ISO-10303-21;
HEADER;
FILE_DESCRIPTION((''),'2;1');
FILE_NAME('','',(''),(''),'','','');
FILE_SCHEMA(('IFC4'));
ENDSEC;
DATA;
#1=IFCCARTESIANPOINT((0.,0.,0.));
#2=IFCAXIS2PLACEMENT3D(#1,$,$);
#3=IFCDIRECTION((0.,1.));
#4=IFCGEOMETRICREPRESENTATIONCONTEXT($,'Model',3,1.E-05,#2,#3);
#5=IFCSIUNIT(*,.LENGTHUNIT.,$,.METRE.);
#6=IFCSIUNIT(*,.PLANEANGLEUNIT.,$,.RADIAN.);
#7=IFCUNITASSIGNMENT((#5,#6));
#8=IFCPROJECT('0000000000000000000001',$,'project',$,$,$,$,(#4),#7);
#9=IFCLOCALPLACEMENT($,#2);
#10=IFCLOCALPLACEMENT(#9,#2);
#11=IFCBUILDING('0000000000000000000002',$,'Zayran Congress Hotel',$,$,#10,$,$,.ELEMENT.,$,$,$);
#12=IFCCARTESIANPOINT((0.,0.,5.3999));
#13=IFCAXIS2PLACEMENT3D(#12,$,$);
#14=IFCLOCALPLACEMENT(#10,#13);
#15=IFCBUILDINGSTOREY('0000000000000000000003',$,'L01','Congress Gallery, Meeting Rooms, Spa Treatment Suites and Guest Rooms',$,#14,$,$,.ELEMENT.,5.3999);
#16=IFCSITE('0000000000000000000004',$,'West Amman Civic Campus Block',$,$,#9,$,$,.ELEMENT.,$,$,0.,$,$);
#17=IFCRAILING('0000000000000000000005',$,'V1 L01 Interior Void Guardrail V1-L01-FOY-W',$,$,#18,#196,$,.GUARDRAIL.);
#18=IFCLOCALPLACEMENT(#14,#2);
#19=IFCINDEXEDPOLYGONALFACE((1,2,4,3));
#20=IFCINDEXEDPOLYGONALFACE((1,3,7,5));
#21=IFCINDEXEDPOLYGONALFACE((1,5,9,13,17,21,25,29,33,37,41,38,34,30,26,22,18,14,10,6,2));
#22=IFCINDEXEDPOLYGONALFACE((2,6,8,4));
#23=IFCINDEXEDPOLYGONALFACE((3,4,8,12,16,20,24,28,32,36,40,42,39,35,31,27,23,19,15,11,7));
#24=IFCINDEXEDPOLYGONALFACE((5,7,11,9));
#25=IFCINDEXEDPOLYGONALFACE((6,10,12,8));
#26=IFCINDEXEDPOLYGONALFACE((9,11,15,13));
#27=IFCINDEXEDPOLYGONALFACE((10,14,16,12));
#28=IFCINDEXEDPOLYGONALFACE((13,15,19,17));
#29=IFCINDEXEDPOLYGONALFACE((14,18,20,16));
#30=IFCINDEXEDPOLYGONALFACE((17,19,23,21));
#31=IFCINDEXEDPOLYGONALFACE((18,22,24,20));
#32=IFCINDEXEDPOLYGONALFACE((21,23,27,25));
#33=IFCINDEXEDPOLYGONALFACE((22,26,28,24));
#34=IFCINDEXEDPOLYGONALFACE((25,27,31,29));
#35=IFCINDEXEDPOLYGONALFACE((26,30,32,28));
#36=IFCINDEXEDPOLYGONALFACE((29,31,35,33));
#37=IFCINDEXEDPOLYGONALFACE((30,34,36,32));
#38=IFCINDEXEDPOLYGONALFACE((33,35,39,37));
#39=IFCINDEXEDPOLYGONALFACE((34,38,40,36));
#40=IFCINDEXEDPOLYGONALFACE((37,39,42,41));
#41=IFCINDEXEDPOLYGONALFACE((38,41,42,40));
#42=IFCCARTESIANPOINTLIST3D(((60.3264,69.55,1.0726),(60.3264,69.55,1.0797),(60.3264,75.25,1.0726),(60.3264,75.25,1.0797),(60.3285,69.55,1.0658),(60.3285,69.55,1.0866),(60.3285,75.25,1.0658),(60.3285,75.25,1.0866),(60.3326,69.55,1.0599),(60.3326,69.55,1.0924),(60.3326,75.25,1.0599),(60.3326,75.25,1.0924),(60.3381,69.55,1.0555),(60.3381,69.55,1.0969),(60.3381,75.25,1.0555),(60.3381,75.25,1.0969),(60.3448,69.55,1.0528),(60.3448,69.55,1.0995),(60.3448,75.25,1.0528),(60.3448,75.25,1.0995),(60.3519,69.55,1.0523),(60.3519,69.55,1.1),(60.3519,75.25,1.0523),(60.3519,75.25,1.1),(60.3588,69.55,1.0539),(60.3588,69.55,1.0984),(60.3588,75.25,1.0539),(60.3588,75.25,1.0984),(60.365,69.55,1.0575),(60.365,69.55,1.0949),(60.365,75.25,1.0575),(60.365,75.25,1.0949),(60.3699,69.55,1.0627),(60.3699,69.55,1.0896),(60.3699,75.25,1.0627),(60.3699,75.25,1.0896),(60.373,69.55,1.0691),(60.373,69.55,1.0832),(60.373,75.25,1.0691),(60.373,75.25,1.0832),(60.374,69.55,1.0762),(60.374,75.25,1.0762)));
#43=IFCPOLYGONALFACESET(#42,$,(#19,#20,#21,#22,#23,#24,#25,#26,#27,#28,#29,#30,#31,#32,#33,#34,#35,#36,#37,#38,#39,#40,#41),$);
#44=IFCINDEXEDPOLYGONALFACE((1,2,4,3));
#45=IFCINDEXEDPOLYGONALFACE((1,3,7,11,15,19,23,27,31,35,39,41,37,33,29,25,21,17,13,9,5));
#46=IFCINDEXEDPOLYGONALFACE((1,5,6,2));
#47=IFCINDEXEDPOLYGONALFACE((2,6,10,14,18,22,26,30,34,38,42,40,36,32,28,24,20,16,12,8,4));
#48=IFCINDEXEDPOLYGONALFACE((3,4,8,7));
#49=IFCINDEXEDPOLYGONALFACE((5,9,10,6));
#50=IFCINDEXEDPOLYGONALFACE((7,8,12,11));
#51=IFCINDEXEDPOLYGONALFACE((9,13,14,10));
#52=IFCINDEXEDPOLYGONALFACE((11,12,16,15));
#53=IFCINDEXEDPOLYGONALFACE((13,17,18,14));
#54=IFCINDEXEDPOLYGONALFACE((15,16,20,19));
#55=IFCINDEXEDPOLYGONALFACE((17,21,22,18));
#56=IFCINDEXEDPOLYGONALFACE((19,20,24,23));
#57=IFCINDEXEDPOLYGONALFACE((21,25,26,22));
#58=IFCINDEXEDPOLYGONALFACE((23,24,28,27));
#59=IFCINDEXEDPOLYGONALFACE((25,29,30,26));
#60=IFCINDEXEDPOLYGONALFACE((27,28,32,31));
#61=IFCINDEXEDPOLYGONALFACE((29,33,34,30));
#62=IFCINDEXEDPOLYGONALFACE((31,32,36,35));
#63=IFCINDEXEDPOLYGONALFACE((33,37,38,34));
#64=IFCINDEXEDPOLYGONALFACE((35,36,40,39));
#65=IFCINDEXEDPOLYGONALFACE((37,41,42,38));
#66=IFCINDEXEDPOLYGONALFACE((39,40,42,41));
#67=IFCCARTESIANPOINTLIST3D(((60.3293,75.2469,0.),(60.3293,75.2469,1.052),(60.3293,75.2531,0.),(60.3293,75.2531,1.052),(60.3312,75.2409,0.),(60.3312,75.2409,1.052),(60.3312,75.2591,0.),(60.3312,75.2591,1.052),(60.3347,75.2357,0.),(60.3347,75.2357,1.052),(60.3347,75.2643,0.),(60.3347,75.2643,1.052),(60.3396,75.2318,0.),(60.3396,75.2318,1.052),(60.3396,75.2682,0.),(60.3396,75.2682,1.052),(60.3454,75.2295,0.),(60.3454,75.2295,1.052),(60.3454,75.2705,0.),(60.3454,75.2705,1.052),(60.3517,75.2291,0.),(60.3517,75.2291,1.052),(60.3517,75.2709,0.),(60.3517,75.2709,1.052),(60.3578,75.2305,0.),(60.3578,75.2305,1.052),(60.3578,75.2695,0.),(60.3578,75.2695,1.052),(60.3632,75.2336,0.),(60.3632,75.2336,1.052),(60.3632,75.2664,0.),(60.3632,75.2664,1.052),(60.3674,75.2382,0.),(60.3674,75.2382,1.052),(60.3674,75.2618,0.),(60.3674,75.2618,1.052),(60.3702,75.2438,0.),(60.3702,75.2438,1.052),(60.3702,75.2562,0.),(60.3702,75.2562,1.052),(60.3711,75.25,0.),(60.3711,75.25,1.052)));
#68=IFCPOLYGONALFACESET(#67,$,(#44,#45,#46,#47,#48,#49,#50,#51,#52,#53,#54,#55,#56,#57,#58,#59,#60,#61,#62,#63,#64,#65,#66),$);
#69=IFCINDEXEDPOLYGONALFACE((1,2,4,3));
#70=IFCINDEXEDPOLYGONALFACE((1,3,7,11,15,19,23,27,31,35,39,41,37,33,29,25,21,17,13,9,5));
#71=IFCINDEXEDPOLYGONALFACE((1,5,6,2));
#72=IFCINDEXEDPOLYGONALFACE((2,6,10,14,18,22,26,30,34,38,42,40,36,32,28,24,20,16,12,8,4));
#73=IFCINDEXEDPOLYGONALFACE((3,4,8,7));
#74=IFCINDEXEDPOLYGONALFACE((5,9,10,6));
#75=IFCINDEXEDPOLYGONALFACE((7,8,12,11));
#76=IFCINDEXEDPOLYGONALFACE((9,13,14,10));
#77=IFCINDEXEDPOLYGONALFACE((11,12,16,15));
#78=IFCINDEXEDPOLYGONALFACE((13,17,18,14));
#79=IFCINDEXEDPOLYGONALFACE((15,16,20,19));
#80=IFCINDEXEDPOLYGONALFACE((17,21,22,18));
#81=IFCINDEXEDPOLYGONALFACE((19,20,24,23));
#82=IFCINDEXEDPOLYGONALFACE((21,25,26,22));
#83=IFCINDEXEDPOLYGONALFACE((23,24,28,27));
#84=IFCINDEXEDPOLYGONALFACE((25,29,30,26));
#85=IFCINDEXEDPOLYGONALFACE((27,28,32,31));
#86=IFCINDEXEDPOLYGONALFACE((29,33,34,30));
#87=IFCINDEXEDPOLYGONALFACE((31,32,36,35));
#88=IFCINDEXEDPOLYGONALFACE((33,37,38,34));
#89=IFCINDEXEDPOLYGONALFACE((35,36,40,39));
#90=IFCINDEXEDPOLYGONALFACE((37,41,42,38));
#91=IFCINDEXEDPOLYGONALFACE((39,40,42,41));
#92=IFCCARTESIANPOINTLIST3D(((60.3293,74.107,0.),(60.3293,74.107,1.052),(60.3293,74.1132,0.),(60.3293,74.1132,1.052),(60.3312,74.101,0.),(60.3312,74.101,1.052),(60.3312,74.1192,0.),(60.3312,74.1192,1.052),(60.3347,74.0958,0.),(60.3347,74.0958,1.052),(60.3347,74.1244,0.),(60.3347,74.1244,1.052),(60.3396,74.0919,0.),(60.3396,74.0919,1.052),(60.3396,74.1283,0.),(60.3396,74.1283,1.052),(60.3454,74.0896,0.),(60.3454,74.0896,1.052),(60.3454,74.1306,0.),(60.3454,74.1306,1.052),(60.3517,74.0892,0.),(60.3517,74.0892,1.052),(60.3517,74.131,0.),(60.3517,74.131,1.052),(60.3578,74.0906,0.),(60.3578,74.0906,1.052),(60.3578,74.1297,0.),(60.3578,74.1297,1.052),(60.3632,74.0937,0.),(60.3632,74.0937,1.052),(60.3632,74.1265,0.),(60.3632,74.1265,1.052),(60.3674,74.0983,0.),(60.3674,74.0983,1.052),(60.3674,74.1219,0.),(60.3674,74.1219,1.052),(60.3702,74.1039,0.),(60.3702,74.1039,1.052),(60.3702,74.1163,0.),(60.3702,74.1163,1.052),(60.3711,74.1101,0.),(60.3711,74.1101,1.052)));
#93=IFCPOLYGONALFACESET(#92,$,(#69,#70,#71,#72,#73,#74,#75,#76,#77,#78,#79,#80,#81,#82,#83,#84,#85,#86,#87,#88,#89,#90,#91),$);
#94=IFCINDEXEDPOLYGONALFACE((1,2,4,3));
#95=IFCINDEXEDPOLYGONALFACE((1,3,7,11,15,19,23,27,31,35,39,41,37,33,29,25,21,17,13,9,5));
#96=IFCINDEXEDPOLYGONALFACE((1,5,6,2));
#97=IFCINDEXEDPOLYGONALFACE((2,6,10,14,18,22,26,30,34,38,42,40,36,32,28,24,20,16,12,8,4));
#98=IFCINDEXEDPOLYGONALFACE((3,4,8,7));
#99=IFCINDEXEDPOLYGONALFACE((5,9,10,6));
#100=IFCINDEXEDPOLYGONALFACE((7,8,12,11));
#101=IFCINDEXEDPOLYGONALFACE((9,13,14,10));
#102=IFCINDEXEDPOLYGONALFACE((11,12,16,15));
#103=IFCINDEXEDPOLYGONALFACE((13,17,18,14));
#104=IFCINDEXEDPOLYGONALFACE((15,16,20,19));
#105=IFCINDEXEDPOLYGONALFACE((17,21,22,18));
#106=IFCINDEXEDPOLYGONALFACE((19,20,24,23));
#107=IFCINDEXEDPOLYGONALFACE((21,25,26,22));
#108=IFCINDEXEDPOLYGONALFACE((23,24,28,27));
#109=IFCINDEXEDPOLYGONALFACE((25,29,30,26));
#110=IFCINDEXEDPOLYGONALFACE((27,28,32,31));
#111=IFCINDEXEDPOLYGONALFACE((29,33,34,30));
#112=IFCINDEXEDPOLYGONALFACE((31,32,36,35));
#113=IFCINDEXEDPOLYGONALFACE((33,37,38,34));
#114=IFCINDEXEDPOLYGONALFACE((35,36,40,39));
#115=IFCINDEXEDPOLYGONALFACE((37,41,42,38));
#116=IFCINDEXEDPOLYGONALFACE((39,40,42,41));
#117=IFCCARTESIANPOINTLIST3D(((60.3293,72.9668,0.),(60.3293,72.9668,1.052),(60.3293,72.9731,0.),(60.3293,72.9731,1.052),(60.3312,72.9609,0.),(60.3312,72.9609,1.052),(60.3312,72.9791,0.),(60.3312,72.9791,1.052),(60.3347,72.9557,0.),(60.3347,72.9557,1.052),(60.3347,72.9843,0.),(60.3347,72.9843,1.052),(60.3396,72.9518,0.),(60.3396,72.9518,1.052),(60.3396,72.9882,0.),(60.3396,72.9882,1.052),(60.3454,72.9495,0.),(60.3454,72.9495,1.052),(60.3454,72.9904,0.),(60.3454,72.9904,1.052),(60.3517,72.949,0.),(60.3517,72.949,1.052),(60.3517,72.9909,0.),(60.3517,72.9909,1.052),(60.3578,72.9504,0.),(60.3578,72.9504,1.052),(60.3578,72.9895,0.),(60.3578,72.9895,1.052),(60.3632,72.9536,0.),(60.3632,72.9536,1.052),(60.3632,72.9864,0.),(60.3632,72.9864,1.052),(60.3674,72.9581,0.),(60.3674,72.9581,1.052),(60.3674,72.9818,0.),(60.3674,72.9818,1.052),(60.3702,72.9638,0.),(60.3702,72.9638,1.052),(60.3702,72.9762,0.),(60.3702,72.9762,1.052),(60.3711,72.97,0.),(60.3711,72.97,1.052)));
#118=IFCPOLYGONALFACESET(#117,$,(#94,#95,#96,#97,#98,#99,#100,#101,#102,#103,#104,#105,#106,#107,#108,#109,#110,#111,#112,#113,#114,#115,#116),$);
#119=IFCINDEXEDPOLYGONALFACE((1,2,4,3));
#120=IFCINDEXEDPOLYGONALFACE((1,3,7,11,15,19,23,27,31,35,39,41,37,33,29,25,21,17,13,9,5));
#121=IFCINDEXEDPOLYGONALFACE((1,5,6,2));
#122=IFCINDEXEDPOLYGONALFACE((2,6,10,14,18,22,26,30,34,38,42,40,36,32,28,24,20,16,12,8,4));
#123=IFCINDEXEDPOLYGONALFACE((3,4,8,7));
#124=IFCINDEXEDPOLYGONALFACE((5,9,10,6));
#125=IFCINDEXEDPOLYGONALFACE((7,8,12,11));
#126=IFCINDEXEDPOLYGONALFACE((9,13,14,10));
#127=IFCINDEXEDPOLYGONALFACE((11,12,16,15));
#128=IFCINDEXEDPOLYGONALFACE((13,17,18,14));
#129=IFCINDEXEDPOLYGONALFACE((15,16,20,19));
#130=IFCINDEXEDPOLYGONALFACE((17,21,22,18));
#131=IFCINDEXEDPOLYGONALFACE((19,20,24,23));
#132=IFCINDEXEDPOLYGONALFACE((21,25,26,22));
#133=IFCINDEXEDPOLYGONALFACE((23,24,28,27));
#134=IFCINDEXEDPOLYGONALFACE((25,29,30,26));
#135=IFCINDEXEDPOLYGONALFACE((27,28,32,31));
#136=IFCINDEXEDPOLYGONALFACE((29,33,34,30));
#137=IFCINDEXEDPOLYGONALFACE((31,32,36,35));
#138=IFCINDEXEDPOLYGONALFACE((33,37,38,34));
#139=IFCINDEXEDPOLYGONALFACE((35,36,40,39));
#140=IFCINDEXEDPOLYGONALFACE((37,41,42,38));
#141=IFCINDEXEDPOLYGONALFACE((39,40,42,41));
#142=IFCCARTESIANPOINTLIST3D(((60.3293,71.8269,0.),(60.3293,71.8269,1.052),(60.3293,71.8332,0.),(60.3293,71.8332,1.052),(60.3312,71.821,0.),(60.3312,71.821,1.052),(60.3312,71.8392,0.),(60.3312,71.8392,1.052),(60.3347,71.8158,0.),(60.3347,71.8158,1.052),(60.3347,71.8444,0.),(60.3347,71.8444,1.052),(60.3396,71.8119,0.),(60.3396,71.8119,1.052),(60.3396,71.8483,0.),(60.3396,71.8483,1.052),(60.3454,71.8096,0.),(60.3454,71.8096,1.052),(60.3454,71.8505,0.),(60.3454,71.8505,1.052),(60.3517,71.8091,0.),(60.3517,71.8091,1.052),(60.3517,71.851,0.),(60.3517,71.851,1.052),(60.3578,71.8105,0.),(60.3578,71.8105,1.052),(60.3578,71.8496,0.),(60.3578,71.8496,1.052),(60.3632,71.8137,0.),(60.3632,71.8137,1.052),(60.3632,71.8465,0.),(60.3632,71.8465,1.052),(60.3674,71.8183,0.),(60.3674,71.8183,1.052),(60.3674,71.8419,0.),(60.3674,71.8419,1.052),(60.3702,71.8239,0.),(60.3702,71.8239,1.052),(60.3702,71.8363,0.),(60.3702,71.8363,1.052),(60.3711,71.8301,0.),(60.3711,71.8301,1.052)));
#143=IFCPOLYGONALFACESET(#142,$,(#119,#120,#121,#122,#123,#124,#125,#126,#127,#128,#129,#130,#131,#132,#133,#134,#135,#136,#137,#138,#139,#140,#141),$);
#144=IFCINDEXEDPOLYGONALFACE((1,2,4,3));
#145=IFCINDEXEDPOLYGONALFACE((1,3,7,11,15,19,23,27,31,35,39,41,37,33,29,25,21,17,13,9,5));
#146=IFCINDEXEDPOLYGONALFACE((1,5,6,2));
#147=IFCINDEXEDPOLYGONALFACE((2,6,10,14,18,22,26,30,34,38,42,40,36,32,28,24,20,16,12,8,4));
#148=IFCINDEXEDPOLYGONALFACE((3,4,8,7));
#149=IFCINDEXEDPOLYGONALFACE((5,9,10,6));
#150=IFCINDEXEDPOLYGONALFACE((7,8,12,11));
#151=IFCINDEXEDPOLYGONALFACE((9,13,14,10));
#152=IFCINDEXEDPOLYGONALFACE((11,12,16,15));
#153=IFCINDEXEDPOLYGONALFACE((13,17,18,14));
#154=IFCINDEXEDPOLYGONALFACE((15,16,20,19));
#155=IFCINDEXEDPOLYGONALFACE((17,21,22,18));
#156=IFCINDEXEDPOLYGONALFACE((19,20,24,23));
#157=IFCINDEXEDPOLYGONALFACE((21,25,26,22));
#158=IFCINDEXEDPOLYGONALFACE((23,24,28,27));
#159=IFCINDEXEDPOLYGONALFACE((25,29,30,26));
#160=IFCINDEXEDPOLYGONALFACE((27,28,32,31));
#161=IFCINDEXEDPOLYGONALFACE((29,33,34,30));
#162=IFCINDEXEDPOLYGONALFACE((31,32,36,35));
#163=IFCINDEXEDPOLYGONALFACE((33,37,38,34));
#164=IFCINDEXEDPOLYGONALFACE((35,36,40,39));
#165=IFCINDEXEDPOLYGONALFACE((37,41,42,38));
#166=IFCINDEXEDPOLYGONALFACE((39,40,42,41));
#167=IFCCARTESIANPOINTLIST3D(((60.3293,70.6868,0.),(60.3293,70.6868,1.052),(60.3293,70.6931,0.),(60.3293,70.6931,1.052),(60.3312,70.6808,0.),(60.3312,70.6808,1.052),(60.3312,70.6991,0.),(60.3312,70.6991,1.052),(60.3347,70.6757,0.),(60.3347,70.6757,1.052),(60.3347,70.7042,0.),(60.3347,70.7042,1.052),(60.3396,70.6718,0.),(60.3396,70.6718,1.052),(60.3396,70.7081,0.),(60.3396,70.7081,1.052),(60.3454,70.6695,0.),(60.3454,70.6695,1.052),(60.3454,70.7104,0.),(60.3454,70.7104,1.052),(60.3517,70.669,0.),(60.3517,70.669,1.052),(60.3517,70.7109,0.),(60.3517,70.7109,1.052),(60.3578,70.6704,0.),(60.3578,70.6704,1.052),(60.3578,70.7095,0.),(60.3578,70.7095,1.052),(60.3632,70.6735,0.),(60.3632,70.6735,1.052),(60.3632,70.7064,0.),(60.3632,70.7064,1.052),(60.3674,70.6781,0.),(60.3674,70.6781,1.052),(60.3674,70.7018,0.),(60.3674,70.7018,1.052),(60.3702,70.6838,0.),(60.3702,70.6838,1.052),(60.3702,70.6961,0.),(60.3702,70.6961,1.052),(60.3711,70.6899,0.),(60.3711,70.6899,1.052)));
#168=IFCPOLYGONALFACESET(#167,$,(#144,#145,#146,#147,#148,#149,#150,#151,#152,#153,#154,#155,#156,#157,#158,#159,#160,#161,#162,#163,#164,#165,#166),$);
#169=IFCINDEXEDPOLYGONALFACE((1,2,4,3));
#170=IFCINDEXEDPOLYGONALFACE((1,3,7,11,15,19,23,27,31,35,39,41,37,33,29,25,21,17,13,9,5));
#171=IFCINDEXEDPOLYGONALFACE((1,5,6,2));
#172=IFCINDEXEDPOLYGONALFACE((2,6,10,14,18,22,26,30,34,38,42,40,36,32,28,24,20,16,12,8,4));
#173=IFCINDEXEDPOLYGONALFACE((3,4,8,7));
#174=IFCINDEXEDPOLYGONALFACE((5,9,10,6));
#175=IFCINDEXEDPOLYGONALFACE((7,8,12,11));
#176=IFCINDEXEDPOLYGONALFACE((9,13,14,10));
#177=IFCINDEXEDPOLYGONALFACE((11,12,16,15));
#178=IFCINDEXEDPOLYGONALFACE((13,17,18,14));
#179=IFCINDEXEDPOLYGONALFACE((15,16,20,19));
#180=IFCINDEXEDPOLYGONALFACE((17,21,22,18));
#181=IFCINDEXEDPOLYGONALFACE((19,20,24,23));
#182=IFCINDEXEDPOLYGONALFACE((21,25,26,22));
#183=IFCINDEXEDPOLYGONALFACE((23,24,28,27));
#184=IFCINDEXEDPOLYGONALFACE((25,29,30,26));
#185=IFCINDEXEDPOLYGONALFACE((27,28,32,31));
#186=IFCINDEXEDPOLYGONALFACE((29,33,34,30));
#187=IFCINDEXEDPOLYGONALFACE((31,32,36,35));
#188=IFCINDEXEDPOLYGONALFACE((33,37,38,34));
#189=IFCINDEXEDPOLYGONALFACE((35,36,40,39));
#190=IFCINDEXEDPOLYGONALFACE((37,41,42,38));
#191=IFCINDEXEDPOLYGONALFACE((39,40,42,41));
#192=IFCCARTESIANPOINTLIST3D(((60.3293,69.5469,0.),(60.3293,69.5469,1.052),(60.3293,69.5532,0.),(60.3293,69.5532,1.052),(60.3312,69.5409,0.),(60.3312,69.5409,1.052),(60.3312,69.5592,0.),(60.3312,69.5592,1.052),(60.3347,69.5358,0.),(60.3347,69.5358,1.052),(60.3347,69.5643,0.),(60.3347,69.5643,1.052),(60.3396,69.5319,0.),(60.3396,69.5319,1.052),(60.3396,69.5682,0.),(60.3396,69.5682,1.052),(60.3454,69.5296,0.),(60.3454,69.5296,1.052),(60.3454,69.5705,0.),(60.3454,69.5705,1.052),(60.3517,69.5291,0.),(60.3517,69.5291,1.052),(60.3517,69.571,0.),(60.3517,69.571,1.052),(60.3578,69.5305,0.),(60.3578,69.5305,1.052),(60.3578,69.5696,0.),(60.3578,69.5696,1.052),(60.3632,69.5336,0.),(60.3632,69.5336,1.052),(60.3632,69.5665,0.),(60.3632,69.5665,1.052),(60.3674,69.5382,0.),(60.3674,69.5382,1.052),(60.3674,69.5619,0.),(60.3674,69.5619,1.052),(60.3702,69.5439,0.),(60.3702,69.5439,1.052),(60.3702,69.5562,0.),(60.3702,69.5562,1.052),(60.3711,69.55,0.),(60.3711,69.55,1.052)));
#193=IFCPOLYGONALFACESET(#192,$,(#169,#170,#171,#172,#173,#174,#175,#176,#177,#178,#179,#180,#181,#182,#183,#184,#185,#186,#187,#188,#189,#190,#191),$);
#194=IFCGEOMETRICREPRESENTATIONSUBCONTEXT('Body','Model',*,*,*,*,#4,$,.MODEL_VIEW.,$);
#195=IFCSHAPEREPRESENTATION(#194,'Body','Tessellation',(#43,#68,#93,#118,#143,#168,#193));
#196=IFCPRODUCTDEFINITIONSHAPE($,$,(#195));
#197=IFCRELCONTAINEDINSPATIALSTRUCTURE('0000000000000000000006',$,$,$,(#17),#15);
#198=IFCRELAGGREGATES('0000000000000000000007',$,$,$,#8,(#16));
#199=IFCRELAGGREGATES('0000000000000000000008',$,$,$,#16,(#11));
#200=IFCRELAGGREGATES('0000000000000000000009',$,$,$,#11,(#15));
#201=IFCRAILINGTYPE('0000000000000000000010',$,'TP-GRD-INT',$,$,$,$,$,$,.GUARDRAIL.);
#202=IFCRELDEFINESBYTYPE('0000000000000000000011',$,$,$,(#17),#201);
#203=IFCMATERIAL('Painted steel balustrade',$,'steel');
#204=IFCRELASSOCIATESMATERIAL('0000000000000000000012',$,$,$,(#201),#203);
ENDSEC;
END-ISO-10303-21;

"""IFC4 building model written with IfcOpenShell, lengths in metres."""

from ifc_helpers import new_model, si_unit, direction, frame, origin, origin_2d, place, context, subcontext, project, spatial, circle, extrude, material, type_object, element, save


model = new_model("IFC4")

# Units and contexts
model_context = context("Model", 3, precision=1e-05, world=origin(), true_north=direction((0.0, 1.0)))
body_context = subcontext(model_context, "Body", "Model", "MODEL_VIEW")
ifc_project = project(units=[si_unit("LENGTHUNIT", "METRE"), si_unit("PLANEANGLEUNIT", "RADIAN")], contexts=[model_context])

# Site, building, storey
site_placement = place(None, origin())
site = spatial("IfcSite", under=ifc_project, at=site_placement, Name="West Amman Civic Campus Block", CompositionType="ELEMENT", RefElevation=0.0)
building_placement = place(site_placement, origin())
building = spatial("IfcBuilding", under=site, at=building_placement, Name="Zayran Congress Hotel", CompositionType="ELEMENT")
storey_placement = place(building_placement, frame((0.0, 0.0, 5.3999)))
storey = spatial("IfcBuildingStorey", under=building, at=storey_placement, Name="L01", Description="Congress Gallery, Meeting Rooms, Spa Treatment Suites and Guest Rooms", CompositionType="ELEMENT", Elevation=5.3999)

# Railing
ifc_material_1 = material(Name="Painted steel balustrade", Category="steel")
railing_type = type_object("IfcRailingType", Name="TP-GRD-INT", PredefinedType="GUARDRAIL", material=ifc_material_1)
railing_1_placement = place(storey_placement, frame((60.3501, 75.25, 0.0)))
element("IfcRailing", 1, at=railing_1_placement, inside=storey, type_object=railing_type, Name="V1 L01 Interior Void Guardrail V1-L01-FOY-W", PredefinedType="GUARDRAIL", context=body_context, shape_type="SweptSolid", body=[
    extrude(circle(Radius=0.0239, at=origin_2d()), frame((0.0, 0.0, 1.0762), z_axis=(0.0, -1.0, 0.0), x_axis=(1.0, 0.0, 0.0)), (0.0, 0.0, 1.0), 5.7),
    extrude(circle(Radius=0.021, at=origin_2d()), origin(), (0.0, 0.0, 1.0), 1.052),
    extrude(circle(Radius=0.021, at=origin_2d()), frame((0.0, -1.1399, 0.0)), (0.0, 0.0, 1.0), 1.052),
    extrude(circle(Radius=0.021, at=origin_2d()), frame((0.0, -2.28, 0.0)), (0.0, 0.0, 1.0), 1.052),
    extrude(circle(Radius=0.021, at=origin_2d()), frame((0.0, -3.4199, 0.0)), (0.0, 0.0, 1.0), 1.052),
    extrude(circle(Radius=0.021, at=origin_2d()), frame((0.0, -4.5601, 0.0)), (0.0, 0.0, 1.0), 1.052),
    extrude(circle(Radius=0.021, at=origin_2d()), frame((0.0, -5.7, 0.0)), (0.0, 0.0, 1.0), 1.052),
])

save(model, "model.ifc")
